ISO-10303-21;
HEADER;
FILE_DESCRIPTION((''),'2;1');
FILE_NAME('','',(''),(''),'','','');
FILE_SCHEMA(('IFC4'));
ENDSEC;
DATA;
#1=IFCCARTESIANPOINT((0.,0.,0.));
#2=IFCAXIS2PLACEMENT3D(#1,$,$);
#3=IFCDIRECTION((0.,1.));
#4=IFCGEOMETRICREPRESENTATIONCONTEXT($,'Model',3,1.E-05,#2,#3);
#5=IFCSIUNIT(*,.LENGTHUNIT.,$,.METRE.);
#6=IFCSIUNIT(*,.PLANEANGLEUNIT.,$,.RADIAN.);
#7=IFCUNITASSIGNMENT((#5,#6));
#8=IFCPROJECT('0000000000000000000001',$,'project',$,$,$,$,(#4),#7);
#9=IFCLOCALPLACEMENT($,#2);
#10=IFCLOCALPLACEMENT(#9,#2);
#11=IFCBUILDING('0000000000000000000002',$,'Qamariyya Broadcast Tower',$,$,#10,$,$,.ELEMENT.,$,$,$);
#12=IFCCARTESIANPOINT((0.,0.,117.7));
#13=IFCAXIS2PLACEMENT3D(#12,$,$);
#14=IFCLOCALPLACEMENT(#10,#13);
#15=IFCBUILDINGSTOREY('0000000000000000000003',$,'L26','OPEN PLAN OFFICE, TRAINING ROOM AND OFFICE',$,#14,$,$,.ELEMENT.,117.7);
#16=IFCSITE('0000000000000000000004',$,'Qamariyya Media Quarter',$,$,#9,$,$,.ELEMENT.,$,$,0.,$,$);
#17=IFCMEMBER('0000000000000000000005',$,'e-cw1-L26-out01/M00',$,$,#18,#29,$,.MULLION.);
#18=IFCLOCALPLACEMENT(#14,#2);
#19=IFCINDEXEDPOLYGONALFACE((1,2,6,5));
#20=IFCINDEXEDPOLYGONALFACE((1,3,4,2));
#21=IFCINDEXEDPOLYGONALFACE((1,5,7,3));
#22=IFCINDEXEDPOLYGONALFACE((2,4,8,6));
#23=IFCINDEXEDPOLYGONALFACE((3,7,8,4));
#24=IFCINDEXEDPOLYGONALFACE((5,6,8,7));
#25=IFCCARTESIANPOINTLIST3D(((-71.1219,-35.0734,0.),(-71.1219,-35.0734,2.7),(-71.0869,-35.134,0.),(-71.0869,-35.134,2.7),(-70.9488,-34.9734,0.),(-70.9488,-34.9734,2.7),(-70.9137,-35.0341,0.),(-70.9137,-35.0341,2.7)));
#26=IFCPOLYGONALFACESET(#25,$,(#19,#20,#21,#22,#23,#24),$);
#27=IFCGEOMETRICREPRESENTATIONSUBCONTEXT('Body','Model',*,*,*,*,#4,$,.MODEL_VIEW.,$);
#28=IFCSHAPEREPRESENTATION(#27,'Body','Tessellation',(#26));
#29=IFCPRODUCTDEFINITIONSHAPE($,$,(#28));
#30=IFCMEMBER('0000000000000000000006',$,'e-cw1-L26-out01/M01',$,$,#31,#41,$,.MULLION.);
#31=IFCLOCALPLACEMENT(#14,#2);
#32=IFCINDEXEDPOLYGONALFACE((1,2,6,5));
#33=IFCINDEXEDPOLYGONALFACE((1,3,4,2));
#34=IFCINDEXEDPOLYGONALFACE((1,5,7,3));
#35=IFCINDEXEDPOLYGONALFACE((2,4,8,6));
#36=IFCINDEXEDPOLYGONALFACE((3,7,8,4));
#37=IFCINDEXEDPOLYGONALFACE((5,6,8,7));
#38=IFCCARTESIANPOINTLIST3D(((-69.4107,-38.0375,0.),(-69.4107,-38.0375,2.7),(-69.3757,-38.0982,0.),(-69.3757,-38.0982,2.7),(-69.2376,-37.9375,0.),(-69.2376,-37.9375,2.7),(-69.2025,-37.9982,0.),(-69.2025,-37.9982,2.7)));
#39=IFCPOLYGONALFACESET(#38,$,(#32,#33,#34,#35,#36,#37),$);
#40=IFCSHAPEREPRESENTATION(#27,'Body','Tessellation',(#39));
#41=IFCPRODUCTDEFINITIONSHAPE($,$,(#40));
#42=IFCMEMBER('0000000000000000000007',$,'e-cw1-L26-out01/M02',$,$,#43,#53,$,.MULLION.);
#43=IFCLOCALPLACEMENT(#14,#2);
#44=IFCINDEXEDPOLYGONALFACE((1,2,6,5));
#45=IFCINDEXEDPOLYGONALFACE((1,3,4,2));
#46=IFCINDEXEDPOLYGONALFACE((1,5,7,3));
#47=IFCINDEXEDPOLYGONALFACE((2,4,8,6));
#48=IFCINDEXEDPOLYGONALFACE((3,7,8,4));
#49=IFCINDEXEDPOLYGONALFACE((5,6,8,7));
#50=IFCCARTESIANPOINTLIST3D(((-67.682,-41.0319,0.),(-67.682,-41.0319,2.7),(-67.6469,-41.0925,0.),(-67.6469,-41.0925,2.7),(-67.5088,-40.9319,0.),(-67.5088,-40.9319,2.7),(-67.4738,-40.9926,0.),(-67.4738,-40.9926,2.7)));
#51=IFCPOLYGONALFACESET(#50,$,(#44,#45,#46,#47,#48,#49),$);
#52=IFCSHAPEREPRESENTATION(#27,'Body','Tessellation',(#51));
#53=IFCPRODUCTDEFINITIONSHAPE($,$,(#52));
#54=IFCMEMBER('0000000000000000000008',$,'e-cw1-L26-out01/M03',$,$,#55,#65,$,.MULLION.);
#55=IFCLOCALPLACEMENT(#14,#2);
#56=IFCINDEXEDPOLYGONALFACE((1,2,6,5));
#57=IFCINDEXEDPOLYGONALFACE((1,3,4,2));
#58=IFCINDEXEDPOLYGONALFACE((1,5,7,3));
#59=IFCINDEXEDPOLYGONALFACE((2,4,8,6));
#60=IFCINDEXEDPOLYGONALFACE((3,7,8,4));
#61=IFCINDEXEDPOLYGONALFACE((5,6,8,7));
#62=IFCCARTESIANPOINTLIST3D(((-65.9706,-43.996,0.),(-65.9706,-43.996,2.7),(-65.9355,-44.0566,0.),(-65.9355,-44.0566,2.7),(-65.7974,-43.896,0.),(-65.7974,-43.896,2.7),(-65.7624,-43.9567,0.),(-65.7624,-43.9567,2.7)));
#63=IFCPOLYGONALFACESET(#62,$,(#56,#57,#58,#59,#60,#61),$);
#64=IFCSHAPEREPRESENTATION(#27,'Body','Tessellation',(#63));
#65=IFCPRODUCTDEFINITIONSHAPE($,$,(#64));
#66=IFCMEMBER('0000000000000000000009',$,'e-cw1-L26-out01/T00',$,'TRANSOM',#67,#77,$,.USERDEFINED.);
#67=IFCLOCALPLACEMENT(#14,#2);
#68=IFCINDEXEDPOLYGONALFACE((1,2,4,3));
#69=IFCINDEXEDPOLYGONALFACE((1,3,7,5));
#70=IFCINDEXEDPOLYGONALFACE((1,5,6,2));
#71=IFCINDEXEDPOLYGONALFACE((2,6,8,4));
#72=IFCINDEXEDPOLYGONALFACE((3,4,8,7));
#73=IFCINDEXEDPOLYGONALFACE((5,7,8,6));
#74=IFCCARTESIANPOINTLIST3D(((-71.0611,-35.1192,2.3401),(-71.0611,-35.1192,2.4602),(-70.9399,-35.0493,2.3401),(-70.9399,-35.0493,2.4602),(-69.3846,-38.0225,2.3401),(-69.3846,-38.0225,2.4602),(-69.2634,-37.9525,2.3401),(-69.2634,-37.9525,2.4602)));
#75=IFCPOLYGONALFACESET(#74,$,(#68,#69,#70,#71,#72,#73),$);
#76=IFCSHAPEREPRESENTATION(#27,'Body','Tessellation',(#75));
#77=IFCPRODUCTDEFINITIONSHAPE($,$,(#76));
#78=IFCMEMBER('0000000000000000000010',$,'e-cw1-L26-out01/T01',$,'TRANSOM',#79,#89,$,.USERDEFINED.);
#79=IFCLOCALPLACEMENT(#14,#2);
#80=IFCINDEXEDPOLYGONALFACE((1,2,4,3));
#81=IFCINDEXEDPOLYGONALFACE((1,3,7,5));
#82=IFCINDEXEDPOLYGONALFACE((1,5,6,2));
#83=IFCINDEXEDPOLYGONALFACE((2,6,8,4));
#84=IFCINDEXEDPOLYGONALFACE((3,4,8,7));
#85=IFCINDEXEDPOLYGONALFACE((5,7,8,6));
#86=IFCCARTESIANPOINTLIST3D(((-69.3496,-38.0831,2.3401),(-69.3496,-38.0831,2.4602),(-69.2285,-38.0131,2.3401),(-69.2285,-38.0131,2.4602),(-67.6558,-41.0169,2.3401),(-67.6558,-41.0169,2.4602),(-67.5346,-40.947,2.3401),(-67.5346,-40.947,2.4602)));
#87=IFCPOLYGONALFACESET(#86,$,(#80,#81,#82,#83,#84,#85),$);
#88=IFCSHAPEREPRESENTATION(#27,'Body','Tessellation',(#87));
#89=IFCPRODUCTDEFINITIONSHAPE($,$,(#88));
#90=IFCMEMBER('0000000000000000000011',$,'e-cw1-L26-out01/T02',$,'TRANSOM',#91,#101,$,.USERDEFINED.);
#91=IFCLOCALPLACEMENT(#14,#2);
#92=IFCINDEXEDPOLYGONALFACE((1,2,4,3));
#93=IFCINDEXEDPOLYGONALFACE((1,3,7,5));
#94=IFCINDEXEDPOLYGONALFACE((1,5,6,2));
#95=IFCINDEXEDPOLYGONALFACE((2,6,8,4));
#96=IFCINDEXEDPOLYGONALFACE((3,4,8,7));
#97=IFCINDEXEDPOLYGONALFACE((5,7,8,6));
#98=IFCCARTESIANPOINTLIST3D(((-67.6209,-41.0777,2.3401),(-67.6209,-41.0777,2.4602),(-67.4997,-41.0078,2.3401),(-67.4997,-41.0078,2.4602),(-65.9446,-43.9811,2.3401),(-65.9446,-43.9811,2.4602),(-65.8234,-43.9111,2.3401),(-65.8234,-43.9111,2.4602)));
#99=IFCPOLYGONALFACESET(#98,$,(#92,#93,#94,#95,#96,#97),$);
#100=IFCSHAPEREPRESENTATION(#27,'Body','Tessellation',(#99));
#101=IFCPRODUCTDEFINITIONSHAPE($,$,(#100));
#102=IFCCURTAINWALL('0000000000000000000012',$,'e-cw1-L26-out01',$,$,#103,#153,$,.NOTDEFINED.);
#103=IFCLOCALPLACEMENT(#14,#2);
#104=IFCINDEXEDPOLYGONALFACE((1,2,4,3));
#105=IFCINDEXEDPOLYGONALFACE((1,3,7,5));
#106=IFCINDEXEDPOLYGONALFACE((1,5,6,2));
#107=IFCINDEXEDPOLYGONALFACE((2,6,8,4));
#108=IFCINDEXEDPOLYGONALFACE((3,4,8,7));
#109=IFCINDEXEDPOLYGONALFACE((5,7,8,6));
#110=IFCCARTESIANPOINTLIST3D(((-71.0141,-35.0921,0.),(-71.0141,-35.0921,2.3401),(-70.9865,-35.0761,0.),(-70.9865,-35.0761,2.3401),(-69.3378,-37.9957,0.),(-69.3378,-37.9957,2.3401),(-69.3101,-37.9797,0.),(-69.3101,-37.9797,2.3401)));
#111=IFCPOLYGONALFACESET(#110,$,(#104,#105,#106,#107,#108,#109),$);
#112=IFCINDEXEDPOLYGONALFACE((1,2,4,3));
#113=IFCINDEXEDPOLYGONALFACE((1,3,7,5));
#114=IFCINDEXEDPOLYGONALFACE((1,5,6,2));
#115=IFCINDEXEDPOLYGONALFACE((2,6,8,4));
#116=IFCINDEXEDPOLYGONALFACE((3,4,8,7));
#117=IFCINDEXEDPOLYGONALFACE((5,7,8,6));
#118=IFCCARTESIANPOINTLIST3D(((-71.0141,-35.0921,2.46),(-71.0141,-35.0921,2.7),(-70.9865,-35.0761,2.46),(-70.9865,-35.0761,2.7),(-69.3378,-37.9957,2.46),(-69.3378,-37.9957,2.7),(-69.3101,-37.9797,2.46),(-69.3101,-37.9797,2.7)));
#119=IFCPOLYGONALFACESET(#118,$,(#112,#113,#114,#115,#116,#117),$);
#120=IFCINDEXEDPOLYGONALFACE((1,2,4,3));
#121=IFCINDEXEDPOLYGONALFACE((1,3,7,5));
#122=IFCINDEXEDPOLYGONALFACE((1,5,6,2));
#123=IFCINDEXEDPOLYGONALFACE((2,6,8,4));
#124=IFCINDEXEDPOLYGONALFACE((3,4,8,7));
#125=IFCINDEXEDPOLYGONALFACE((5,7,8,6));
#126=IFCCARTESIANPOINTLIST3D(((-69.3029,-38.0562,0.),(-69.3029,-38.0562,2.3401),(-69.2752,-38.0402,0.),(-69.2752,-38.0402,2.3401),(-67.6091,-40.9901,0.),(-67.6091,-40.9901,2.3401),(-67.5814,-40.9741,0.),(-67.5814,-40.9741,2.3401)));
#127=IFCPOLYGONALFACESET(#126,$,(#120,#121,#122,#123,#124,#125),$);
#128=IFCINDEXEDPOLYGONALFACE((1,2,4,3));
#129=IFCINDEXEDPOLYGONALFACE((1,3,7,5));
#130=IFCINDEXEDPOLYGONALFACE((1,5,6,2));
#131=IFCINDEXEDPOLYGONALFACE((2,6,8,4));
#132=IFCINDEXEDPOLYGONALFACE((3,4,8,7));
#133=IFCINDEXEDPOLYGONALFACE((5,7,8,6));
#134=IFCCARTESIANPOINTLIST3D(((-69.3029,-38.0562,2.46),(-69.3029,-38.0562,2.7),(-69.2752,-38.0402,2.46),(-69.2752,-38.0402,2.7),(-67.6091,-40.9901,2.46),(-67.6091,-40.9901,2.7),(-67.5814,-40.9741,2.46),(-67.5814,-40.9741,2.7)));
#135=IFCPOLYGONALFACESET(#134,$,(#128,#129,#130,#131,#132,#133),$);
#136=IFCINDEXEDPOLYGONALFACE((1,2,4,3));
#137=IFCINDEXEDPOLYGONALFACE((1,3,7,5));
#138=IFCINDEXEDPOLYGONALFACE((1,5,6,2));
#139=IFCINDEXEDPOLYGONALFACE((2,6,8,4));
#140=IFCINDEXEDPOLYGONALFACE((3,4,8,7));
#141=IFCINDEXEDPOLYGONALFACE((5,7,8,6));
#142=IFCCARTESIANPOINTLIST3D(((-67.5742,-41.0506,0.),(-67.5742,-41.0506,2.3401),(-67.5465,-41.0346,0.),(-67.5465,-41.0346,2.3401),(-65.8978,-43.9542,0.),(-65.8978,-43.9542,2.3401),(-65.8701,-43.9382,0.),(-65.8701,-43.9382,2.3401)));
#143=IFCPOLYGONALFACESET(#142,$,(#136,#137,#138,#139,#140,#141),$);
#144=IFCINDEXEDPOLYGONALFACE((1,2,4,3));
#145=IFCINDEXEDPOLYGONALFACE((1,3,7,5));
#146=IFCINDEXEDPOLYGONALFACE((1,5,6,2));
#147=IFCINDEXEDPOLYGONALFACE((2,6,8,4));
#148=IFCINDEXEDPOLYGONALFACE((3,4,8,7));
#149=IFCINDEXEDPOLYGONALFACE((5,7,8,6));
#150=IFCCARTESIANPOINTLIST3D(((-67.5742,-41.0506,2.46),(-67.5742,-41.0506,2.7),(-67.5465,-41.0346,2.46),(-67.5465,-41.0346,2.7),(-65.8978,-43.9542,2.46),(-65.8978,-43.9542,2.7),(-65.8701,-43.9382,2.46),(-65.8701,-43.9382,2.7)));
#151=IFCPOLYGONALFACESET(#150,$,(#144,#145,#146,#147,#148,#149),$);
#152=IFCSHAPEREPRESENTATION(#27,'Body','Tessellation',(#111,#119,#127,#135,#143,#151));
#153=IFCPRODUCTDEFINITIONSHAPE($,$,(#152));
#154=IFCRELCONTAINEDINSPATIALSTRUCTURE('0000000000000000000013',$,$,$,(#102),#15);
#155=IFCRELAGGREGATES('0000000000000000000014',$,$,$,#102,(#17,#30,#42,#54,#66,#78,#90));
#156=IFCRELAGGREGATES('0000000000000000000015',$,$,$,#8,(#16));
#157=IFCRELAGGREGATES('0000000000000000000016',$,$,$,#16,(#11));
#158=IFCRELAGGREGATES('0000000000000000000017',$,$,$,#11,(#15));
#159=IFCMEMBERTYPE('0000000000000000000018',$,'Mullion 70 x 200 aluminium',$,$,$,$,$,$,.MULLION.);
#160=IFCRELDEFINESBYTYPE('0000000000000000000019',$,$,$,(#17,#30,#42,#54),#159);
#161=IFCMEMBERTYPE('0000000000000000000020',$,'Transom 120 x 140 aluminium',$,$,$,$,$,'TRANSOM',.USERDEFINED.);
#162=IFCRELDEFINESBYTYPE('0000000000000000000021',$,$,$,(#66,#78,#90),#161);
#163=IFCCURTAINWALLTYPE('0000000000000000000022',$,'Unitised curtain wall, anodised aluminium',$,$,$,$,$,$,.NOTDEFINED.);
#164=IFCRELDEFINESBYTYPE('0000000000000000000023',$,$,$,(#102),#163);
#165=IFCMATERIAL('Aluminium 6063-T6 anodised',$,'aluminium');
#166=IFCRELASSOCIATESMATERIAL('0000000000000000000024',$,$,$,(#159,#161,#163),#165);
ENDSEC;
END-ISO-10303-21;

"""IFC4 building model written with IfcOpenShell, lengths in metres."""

from ifc_helpers import new_model, si_unit, direction, frame, origin, origin_2d, place, context, subcontext, project, spatial, rectangle, extrude, material, material_profile, profile_set, type_object, element, aggregate, save


model = new_model("IFC4")

# Units and contexts
model_context = context("Model", 3, precision=1e-05, world=origin(), true_north=direction((0.0, 1.0)))
body_context = subcontext(model_context, "Body", "Model", "MODEL_VIEW")
ifc_project = project(units=[si_unit("LENGTHUNIT", "METRE"), si_unit("PLANEANGLEUNIT", "RADIAN")], contexts=[model_context])

# Members
ifc_material_1 = material(Name="Aluminium 6063-T6 anodised", Category="aluminium")
ifc_material_profile_1 = material_profile(ifc_material_1, rectangle(XDim=0.2, YDim=0.0701, at=origin_2d()))
ifc_profile_set_1 = profile_set([ifc_material_profile_1], Name="Aluminium 6063-T6 anodised")
member_type_1 = type_object("IfcMemberType", Name="Mullion 70 x 200 aluminium", PredefinedType="MULLION", material=ifc_profile_set_1)
site_placement = place(None, origin())
building_placement = place(site_placement, origin())
storey_placement = place(building_placement, frame((0.0, 0.0, 117.7)))
member_1_placement = place(storey_placement, frame((-71.0178, -35.0537, 0.0), z_axis=(0.0, 0.0, 1.0), x_axis=(0.866025, 0.5, 0.0)))
member_1 = element("IfcMember", 1, at=member_1_placement, type_object=member_type_1, Name="e-cw1-L26-out01/M00", PredefinedType="MULLION", context=body_context, shape_type="SweptSolid", body=[
    extrude(rectangle(XDim=0.2, YDim=0.0701, at=origin_2d()), origin(), (0.0, 0.0, 1.0), 2.7),
])
member_2_placement = place(storey_placement, frame((-69.3066, -38.0178, 0.0), z_axis=(0.0, 0.0, 1.0), x_axis=(0.866025, 0.5, 0.0)))
member_2 = element("IfcMember", 2, at=member_2_placement, type_object=member_type_1, Name="e-cw1-L26-out01/M01", PredefinedType="MULLION", context=body_context, shape_type="SweptSolid", body=[
    extrude(rectangle(XDim=0.2, YDim=0.0701, at=origin_2d()), origin(), (0.0, 0.0, 1.0), 2.7),
])
member_3_placement = place(storey_placement, frame((-67.5779, -41.0122, 0.0), z_axis=(0.0, 0.0, 1.0), x_axis=(0.866025, 0.5, 0.0)))
member_3 = element("IfcMember", 3, at=member_3_placement, type_object=member_type_1, Name="e-cw1-L26-out01/M02", PredefinedType="MULLION", context=body_context, shape_type="SweptSolid", body=[
    extrude(rectangle(XDim=0.2, YDim=0.0701, at=origin_2d()), origin(), (0.0, 0.0, 1.0), 2.7),
])
member_4_placement = place(storey_placement, frame((-65.8665, -43.9763, 0.0), z_axis=(0.0, 0.0, 1.0), x_axis=(0.866025, 0.5, 0.0)))
member_4 = element("IfcMember", 4, at=member_4_placement, type_object=member_type_1, Name="e-cw1-L26-out01/M03", PredefinedType="MULLION", context=body_context, shape_type="SweptSolid", body=[
    extrude(rectangle(XDim=0.2, YDim=0.0701, at=origin_2d()), origin(), (0.0, 0.0, 1.0), 2.7),
])
ifc_material_profile_2 = material_profile(ifc_material_1, rectangle(XDim=0.1399, YDim=0.1201, at=origin_2d()))
ifc_profile_set_2 = profile_set([ifc_material_profile_2], Name="Aluminium 6063-T6 anodised")
member_type_2 = type_object("IfcMemberType", Name="Transom 120 x 140 aluminium", ElementType="TRANSOM", PredefinedType="USERDEFINED", material=ifc_profile_set_2)
member_5_placement = place(storey_placement, frame((-71.0005, -35.0842, 2.4001), z_axis=(0.500063, -0.865989, 0.0), x_axis=(0.865989, 0.500063, 0.0)))
member_5 = element("IfcMember", 5, at=member_5_placement, type_object=member_type_2, Name="e-cw1-L26-out01/T00", ObjectType="TRANSOM", PredefinedType="USERDEFINED", context=body_context, shape_type="SweptSolid", body=[
    extrude(rectangle(XDim=0.1399, YDim=0.1201, at=origin_2d()), origin(), (0.0, 0.0, 1.0), 3.3525),
])
member_6_placement = place(storey_placement, frame((-69.2891, -38.0481, 2.4001), z_axis=(0.499999, -0.866026, 0.0), x_axis=(0.866026, 0.499999, 0.0)))
member_6 = element("IfcMember", 6, at=member_6_placement, type_object=member_type_2, Name="e-cw1-L26-out01/T01", ObjectType="TRANSOM", PredefinedType="USERDEFINED", context=body_context, shape_type="SweptSolid", body=[
    extrude(rectangle(XDim=0.1399, YDim=0.1201, at=origin_2d()), origin(), (0.0, 0.0, 1.0), 3.3877),
])
member_7_placement = place(storey_placement, frame((-67.5603, -41.0427, 2.4001), z_axis=(0.500008, -0.866021, 0.0), x_axis=(0.866021, 0.500008, 0.0)))
member_7 = element("IfcMember", 7, at=member_7_placement, type_object=member_type_2, Name="e-cw1-L26-out01/T02", ObjectType="TRANSOM", PredefinedType="USERDEFINED", context=body_context, shape_type="SweptSolid", body=[
    extrude(rectangle(XDim=0.1399, YDim=0.1201, at=origin_2d()), origin(), (0.0, 0.0, 1.0), 3.3525),
])

# Site, building, storey
site = spatial("IfcSite", under=ifc_project, at=site_placement, Name="Qamariyya Media Quarter", CompositionType="ELEMENT", RefElevation=0.0)
building = spatial("IfcBuilding", under=site, at=building_placement, Name="Qamariyya Broadcast Tower", CompositionType="ELEMENT")
storey = spatial("IfcBuildingStorey", under=building, at=storey_placement, Name="L26", Description="OPEN PLAN OFFICE, TRAINING ROOM AND OFFICE", CompositionType="ELEMENT", Elevation=117.7)

# Curtain wall
curtain_wall_type = type_object("IfcCurtainWallType", Name="Unitised curtain wall, anodised aluminium", PredefinedType="NOTDEFINED", material=ifc_material_1)
curtain_wall_1_placement = place(storey_placement, origin())
curtain_wall_1 = element("IfcCurtainWall", 8, at=curtain_wall_1_placement, inside=storey, type_object=curtain_wall_type, Name="e-cw1-L26-out01", PredefinedType="NOTDEFINED", context=body_context, shape_type="SweptSolid", body=[
    extrude(rectangle(XDim=3.3528, YDim=0.032, at=origin_2d()), frame((-70.1621, -36.5359, 0.0), x_axis=(0.499997, -0.866027, 0.0)), (0.0, 0.0, 1.0), 2.3401),
    extrude(rectangle(XDim=3.3528, YDim=0.032, at=origin_2d()), frame((-70.1621, -36.5359, 2.46), x_axis=(0.499997, -0.866027, 0.0)), (0.0, 0.0, 1.0), 0.24),
    extrude(rectangle(XDim=3.3877, YDim=0.032, at=origin_2d()), frame((-68.4421, -39.5151, 0.0), x_axis=(0.499997, -0.866027, 0.0)), (0.0, 0.0, 1.0), 2.3401),
    extrude(rectangle(XDim=3.3877, YDim=0.032, at=origin_2d()), frame((-68.4421, -39.5151, 2.46), x_axis=(0.499997, -0.866027, 0.0)), (0.0, 0.0, 1.0), 0.24),
    extrude(rectangle(XDim=3.3528, YDim=0.032, at=origin_2d()), frame((-66.7222, -42.4944, 0.0), x_axis=(0.499997, -0.866027, 0.0)), (0.0, 0.0, 1.0), 2.3401),
    extrude(rectangle(XDim=3.3528, YDim=0.032, at=origin_2d()), frame((-66.7222, -42.4944, 2.46), x_axis=(0.499997, -0.866027, 0.0)), (0.0, 0.0, 1.0), 0.24),
])
aggregate(curtain_wall_1, [member_1, member_2, member_3, member_4, member_5, member_6, member_7])

save(model, "model.ifc")
